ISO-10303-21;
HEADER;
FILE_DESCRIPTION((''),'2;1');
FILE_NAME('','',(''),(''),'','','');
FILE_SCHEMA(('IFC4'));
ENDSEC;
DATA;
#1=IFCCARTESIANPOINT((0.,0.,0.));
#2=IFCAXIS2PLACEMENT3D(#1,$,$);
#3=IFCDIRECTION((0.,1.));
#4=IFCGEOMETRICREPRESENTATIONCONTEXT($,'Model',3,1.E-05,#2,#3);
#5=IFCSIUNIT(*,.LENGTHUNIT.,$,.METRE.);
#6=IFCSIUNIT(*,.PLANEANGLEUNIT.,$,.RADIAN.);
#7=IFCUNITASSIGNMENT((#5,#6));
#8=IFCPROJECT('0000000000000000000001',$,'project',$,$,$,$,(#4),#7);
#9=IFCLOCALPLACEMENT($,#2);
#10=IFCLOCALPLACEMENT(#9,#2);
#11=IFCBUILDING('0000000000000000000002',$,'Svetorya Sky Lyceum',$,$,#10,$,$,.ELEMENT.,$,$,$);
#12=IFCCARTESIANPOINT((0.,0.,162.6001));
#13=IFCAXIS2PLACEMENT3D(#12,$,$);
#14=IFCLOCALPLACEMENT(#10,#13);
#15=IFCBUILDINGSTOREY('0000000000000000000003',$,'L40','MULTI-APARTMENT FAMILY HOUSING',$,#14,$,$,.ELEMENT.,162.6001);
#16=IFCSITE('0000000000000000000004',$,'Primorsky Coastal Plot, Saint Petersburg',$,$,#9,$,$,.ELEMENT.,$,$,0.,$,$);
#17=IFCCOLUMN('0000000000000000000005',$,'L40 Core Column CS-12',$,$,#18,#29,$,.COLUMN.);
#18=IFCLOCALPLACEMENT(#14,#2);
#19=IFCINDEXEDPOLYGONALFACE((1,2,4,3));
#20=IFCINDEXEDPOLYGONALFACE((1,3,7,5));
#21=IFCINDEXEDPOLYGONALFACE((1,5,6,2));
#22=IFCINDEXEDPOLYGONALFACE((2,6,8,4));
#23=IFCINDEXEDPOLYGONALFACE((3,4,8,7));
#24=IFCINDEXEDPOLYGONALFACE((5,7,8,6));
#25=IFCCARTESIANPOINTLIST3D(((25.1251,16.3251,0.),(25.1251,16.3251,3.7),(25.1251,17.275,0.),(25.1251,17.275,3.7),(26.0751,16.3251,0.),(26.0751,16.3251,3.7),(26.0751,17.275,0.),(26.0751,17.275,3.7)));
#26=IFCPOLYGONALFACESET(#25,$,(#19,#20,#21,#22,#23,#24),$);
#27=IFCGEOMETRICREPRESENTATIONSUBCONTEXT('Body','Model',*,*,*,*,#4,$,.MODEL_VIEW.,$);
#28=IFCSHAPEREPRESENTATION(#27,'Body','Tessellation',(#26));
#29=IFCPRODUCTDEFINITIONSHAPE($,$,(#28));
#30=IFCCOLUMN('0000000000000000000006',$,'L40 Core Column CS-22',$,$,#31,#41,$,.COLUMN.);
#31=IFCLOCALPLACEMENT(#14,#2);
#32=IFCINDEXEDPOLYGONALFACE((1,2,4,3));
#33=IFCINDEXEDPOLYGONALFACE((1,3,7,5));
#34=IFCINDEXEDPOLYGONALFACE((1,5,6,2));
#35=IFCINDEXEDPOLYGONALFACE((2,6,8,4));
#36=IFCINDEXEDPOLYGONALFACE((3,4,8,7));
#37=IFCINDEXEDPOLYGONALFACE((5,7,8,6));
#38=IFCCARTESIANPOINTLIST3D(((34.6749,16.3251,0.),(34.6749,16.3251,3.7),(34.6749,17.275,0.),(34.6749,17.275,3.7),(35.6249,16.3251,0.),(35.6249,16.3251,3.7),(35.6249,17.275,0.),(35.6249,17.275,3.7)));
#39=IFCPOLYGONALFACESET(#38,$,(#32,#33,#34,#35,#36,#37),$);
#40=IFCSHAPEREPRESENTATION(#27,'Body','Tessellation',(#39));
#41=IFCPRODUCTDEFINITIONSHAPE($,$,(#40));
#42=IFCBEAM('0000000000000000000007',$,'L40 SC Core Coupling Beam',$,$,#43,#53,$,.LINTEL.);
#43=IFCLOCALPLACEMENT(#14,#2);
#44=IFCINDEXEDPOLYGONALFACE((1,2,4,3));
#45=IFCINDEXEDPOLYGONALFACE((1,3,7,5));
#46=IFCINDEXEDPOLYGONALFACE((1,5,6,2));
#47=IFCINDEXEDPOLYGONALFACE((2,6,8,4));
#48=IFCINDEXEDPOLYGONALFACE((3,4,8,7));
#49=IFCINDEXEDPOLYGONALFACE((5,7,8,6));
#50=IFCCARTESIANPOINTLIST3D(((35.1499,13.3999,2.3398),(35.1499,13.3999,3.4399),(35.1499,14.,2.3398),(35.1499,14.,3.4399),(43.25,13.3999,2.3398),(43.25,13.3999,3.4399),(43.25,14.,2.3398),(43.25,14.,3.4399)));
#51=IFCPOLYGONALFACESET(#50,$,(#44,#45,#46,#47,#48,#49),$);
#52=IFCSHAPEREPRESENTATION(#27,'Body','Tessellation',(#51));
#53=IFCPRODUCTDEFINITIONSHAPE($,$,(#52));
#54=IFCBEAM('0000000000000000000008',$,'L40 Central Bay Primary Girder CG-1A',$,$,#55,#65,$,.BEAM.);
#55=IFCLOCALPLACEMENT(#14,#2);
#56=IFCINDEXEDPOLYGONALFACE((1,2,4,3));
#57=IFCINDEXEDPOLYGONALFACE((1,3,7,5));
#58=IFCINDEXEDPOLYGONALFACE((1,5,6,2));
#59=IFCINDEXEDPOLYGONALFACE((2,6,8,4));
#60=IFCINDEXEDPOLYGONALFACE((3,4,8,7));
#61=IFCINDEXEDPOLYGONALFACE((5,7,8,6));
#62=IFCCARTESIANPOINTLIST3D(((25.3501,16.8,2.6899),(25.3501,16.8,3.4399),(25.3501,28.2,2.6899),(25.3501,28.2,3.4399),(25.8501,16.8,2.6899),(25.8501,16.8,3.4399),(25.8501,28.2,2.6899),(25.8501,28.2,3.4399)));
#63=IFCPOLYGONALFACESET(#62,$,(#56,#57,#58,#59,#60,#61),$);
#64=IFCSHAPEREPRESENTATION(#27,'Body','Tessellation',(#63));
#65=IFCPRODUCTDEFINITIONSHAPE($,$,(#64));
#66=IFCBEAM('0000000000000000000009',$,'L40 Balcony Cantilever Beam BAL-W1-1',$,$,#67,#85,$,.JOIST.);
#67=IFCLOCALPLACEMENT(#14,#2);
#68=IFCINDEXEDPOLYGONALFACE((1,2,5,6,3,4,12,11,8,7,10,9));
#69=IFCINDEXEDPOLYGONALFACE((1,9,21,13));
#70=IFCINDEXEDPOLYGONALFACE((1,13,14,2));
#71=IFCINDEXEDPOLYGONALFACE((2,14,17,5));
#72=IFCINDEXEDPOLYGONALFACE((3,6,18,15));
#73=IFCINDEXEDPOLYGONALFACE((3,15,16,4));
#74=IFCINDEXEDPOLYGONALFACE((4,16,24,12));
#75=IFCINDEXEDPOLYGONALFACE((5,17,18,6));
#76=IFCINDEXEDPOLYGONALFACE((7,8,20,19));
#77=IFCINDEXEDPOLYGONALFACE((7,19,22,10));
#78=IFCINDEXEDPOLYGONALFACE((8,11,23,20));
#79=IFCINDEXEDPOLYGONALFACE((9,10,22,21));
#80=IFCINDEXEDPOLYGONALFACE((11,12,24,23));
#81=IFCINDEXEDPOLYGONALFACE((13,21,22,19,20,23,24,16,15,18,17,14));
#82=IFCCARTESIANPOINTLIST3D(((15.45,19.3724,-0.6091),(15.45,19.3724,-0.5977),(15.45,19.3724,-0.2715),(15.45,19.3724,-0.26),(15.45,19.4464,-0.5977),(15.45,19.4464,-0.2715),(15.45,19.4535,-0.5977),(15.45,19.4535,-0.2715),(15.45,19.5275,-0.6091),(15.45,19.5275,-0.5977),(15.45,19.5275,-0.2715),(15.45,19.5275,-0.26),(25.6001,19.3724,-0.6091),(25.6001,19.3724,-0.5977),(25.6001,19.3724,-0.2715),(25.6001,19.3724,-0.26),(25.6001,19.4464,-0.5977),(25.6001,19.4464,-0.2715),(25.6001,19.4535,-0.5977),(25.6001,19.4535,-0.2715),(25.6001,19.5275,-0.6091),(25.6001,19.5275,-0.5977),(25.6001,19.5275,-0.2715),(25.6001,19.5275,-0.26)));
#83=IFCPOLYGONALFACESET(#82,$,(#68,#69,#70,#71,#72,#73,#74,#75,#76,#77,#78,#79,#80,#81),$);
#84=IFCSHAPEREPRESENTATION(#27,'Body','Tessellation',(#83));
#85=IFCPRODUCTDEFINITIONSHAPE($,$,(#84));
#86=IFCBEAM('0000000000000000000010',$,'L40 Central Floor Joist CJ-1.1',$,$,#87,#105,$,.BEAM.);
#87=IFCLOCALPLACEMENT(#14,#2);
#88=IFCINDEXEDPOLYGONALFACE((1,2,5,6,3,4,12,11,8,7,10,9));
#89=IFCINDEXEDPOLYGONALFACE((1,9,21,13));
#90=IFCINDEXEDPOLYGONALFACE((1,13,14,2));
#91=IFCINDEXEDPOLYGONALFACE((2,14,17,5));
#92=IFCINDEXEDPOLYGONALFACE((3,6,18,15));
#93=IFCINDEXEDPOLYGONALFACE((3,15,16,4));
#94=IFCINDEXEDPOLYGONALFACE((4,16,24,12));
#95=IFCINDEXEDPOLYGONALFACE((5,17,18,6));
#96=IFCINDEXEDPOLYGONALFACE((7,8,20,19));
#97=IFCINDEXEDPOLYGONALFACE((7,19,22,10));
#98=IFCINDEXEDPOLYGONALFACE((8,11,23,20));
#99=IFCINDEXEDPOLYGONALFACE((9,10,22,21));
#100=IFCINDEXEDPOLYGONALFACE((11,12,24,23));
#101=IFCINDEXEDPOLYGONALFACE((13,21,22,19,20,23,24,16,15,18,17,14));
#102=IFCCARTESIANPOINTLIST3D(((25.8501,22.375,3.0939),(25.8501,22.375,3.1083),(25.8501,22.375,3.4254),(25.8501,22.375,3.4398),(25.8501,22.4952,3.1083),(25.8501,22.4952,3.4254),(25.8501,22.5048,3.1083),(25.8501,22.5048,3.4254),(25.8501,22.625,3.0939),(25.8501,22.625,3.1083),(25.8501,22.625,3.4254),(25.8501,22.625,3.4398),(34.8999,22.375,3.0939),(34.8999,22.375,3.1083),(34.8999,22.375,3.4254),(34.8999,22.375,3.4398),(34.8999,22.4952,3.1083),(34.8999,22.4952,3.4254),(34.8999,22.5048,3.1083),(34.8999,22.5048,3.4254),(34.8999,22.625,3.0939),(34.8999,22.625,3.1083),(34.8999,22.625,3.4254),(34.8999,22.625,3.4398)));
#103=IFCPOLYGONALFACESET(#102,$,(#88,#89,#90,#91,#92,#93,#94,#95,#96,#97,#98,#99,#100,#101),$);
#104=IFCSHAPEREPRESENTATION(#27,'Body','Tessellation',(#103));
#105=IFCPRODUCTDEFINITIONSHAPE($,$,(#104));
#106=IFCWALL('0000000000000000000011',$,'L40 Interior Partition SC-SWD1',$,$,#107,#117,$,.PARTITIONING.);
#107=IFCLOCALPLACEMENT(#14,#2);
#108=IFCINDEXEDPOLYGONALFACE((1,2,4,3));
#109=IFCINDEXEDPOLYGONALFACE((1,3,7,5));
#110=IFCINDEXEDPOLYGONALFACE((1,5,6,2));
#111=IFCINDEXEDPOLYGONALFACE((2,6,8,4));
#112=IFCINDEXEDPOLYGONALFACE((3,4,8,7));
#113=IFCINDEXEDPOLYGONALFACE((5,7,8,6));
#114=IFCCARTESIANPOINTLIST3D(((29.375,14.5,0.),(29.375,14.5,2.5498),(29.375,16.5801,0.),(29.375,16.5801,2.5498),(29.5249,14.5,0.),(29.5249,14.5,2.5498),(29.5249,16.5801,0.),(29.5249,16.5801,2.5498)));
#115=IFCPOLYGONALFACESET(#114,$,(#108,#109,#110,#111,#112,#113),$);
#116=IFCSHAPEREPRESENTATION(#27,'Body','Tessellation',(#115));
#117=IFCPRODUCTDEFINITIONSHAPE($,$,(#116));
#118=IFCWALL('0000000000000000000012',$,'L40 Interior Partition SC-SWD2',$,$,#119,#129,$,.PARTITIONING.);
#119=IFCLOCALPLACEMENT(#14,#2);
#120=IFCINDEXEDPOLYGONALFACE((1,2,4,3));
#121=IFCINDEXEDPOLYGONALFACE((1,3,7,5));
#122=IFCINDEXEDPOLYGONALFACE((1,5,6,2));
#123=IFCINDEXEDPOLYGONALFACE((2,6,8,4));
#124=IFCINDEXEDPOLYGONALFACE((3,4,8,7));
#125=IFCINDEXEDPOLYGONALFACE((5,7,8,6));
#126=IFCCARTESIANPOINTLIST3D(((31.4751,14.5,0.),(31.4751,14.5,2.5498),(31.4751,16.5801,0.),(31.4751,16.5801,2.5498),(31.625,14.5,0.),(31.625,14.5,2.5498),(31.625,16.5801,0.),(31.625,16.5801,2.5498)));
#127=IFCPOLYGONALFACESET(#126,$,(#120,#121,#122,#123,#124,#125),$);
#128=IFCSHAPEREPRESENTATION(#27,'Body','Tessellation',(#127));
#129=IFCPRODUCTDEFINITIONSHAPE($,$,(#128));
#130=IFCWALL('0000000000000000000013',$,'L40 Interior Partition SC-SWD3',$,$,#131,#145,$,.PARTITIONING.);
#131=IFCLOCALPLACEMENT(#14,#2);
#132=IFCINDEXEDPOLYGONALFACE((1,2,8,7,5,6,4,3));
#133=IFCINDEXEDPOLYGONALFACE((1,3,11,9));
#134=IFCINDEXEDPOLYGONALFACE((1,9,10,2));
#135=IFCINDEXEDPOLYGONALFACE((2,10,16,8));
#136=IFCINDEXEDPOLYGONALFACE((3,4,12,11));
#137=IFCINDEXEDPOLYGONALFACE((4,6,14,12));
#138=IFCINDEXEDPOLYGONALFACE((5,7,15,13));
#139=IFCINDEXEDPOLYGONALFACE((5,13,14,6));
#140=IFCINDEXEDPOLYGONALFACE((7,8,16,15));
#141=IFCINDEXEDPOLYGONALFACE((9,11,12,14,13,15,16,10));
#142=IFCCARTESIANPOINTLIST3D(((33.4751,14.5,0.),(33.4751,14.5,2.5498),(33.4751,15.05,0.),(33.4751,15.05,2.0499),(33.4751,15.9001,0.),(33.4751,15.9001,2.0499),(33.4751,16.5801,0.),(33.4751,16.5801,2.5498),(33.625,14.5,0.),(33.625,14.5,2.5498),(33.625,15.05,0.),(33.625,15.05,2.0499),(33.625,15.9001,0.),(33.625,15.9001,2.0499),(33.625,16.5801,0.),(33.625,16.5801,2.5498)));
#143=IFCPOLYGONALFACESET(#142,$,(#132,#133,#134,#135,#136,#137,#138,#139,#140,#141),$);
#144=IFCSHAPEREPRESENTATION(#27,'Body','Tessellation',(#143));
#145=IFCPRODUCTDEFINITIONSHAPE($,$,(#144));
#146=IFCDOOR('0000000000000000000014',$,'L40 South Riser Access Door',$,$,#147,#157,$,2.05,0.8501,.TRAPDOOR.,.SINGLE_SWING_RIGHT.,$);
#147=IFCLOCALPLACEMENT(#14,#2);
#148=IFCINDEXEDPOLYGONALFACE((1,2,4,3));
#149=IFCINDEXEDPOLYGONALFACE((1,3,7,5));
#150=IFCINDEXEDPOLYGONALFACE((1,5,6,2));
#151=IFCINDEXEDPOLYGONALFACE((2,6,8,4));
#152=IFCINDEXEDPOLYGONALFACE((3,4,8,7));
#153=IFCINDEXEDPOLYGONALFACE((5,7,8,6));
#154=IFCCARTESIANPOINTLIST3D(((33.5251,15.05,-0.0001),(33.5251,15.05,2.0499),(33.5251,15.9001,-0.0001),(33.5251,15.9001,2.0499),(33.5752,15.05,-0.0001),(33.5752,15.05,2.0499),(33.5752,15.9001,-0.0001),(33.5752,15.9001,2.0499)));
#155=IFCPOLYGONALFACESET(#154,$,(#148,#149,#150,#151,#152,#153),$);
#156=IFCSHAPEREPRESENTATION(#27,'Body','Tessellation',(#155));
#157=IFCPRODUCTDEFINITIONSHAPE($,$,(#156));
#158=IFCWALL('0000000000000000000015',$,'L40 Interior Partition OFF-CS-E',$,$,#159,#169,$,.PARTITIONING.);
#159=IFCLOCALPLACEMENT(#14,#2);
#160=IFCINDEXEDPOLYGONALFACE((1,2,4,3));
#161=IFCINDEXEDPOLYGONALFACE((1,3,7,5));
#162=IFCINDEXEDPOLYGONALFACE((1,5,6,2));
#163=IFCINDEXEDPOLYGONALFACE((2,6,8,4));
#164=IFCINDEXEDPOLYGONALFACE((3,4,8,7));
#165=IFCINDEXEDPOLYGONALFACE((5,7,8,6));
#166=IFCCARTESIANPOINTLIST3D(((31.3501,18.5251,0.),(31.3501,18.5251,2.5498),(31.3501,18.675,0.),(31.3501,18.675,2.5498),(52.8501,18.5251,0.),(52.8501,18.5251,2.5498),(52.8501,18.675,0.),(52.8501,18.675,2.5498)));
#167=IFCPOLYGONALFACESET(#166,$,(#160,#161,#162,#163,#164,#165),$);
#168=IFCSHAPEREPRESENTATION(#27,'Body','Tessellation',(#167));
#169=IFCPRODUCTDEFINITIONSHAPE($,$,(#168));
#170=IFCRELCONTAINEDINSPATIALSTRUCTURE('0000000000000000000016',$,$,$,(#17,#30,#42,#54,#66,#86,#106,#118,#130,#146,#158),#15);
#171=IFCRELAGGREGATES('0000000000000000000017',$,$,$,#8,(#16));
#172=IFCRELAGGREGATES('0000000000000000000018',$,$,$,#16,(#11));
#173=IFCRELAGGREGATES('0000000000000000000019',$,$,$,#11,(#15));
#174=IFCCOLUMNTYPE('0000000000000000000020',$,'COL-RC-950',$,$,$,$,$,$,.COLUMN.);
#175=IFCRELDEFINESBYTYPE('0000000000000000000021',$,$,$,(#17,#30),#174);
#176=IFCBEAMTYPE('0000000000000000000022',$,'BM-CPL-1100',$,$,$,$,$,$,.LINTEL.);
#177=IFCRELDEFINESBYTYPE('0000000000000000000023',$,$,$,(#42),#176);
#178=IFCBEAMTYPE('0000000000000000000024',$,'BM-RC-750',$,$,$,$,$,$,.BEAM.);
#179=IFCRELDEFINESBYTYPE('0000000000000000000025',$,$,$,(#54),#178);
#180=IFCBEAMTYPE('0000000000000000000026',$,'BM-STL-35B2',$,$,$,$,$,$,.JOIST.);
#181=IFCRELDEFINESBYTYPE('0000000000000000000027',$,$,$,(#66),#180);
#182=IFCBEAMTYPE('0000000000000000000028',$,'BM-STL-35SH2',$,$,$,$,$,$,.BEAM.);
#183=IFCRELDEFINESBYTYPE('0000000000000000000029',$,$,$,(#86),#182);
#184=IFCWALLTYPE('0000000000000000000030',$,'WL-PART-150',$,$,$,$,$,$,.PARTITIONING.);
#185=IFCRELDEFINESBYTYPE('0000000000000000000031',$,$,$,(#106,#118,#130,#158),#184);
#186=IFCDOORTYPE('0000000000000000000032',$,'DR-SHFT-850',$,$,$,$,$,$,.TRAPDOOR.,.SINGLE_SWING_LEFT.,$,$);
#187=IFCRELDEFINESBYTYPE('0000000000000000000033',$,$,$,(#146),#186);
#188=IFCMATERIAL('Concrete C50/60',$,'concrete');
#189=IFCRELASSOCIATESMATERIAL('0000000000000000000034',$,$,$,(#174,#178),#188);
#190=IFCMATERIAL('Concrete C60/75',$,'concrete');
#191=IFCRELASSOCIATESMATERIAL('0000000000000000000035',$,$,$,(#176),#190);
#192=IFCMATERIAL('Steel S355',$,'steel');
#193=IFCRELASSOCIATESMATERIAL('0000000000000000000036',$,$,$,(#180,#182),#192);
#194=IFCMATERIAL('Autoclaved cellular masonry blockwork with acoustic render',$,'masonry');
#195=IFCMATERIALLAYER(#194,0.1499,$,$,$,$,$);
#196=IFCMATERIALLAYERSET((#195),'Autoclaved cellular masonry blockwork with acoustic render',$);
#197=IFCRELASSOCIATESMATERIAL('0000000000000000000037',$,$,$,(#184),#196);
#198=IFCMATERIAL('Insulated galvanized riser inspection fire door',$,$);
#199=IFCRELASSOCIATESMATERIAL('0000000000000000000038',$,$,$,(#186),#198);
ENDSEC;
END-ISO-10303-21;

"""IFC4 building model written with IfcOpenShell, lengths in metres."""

from ifc_helpers import new_model, si_unit, direction, frame, frame_2d, origin, origin_2d, place, context, subcontext, project, spatial, rectangle, i_section, extrude, material, layer, layer_set, material_profile, profile_set, type_object, element, fill, save


model = new_model("IFC4")

# Units and contexts
model_context = context("Model", 3, precision=1e-05, world=origin(), true_north=direction((0.0, 1.0)))
body_context = subcontext(model_context, "Body", "Model", "MODEL_VIEW")
ifc_project = project(units=[si_unit("LENGTHUNIT", "METRE"), si_unit("PLANEANGLEUNIT", "RADIAN")], contexts=[model_context])

# Site, building, storey
site_placement = place(None, origin())
site = spatial("IfcSite", under=ifc_project, at=site_placement, Name="Primorsky Coastal Plot, Saint Petersburg", CompositionType="ELEMENT", RefElevation=0.0)
building_placement = place(site_placement, origin())
building = spatial("IfcBuilding", under=site, at=building_placement, Name="Svetorya Sky Lyceum", CompositionType="ELEMENT")
storey_placement = place(building_placement, frame((0.0, 0.0, 162.6001)))
storey = spatial("IfcBuildingStorey", under=building, at=storey_placement, Name="L40", Description="MULTI-APARTMENT FAMILY HOUSING", CompositionType="ELEMENT", Elevation=162.6001)

# Columns
ifc_material_1 = material(Name="Concrete C50/60", Category="concrete")
ifc_material_profile_1 = material_profile(ifc_material_1, rectangle(XDim=0.95, YDim=0.95, at=origin_2d()), Name="RC COL 950x950")
ifc_profile_set_1 = profile_set([ifc_material_profile_1], Name="Concrete C50/60")
column_type = type_object("IfcColumnType", Name="COL-RC-950", PredefinedType="COLUMN", material=ifc_profile_set_1)
for number, where, z_axis, x_axis, name in (
    (1, (25.6001, 16.8, 0.0), (0.0, 0.0, 1.0), (1.0, 0.0, 0.0), "L40 Core Column CS-12"),
    (2, (35.1499, 16.8, 0.0), (0.0, 0.0, 1.0), (1.0, 0.0, 0.0), "L40 Core Column CS-22"),
):
    element("IfcColumn", number, at=place(storey_placement, frame(where, z_axis=z_axis, x_axis=x_axis)), inside=storey, type_object=column_type, Name=name, PredefinedType="COLUMN", context=body_context, shape_type="SweptSolid", body=[
        extrude(rectangle(XDim=0.95, YDim=0.95, at=origin_2d()), origin(), (0.0, 0.0, 1.0), 3.7),
    ])

# Beams
ifc_material_2 = material(Name="Concrete C60/75", Category="concrete")
ifc_material_profile_2 = material_profile(ifc_material_2, rectangle(XDim=0.6001, YDim=1.1001, at=origin_2d()), Name="RC COUPLING 600x1100")
ifc_profile_set_2 = profile_set([ifc_material_profile_2], Name="Concrete C60/75")
beam_type_1 = type_object("IfcBeamType", Name="BM-CPL-1100", PredefinedType="LINTEL", material=ifc_profile_set_2)
beam_1_placement = place(storey_placement, frame((35.1499, 13.7, 2.8899), z_axis=(1.0, 0.0, 0.0), x_axis=(0.0, 1.0, 0.0)))
element("IfcBeam", 3, at=beam_1_placement, inside=storey, type_object=beam_type_1, Name="L40 SC Core Coupling Beam", PredefinedType="LINTEL", context=body_context, shape_type="SweptSolid", body=[
    extrude(rectangle(XDim=0.6001, YDim=1.1001, at=origin_2d()), origin(), (0.0, 0.0, 1.0), 8.1001),
])
ifc_material_profile_3 = material_profile(ifc_material_1, rectangle(XDim=0.5, YDim=0.75, at=origin_2d()), Name="RC BEAM 500x750")
ifc_profile_set_3 = profile_set([ifc_material_profile_3], Name="Concrete C50/60")
beam_type_2 = type_object("IfcBeamType", Name="BM-RC-750", PredefinedType="BEAM", material=ifc_profile_set_3)
beam_2_placement = place(storey_placement, frame((25.6001, 16.8, 3.0649), z_axis=(0.0, 1.0, 0.0), x_axis=(-1.0, 0.0, 0.0)))
element("IfcBeam", 4, at=beam_2_placement, inside=storey, type_object=beam_type_2, Name="L40 Central Bay Primary Girder CG-1A", PredefinedType="BEAM", context=body_context, shape_type="SweptSolid", body=[
    extrude(rectangle(XDim=0.5, YDim=0.75, at=origin_2d()), origin(), (0.0, 0.0, 1.0), 11.3999),
])
ifc_material_3 = material(Name="Steel S355", Category="steel")
ifc_material_profile_4 = material_profile(ifc_material_3, i_section(OverallWidth=0.155, OverallDepth=0.3491, WebThickness=0.0071, FlangeThickness=0.0115, at=origin_2d()), Name="GOST 35B2")
ifc_profile_set_4 = profile_set([ifc_material_profile_4], Name="Steel S355")
beam_type_3 = type_object("IfcBeamType", Name="BM-STL-35B2", PredefinedType="JOIST", material=ifc_profile_set_4)
beam_3_placement = place(storey_placement, frame((25.6001, 19.45, -0.4346), z_axis=(-1.0, 0.0, 0.0), x_axis=(0.0, -1.0, 0.0)))
element("IfcBeam", 5, at=beam_3_placement, inside=storey, type_object=beam_type_3, Name="L40 Balcony Cantilever Beam BAL-W1-1", PredefinedType="JOIST", context=body_context, shape_type="SweptSolid", body=[
    extrude(i_section(OverallWidth=0.155, OverallDepth=0.3491, WebThickness=0.0071, FlangeThickness=0.0115, at=origin_2d()), origin(), (0.0, 0.0, 1.0), 10.1501),
])
ifc_material_profile_5 = material_profile(ifc_material_3, i_section(OverallWidth=0.25, OverallDepth=0.3459, WebThickness=0.0095, FlangeThickness=0.0144, at=origin_2d()), Name="GOST 35Sh2")
ifc_profile_set_5 = profile_set([ifc_material_profile_5], Name="Steel S355")
beam_type_4 = type_object("IfcBeamType", Name="BM-STL-35SH2", PredefinedType="BEAM", material=ifc_profile_set_5)
beam_4_placement = place(storey_placement, frame((25.8501, 22.5, 3.2668), z_axis=(1.0, 0.0, 0.0), x_axis=(0.0, 1.0, 0.0)))
element("IfcBeam", 6, at=beam_4_placement, inside=storey, type_object=beam_type_4, Name="L40 Central Floor Joist CJ-1.1", PredefinedType="BEAM", context=body_context, shape_type="SweptSolid", body=[
    extrude(i_section(OverallWidth=0.25, OverallDepth=0.3459, WebThickness=0.0095, FlangeThickness=0.0144, at=origin_2d()), origin(), (0.0, 0.0, 1.0), 9.0498),
])

# Walls
ifc_material_4 = material(Name="Autoclaved cellular masonry blockwork with acoustic render", Category="masonry")
ifc_layer_1 = layer(ifc_material_4, 0.1499)
ifc_layer_set_1 = layer_set([ifc_layer_1], Name="Autoclaved cellular masonry blockwork with acoustic render")
wall_type_1 = type_object("IfcWallType", Name="WL-PART-150", PredefinedType="PARTITIONING", material=ifc_layer_set_1)
for number, where, z_axis, x_axis, name in (
    (7, (29.45, 14.5, 0.0), (0.0, 0.0, 1.0), (0.0, 1.0, 0.0), "L40 Interior Partition SC-SWD1"),
    (8, (31.55, 14.5, 0.0), (0.0, 0.0, 1.0), (0.0, 1.0, 0.0), "L40 Interior Partition SC-SWD2"),
):
    element("IfcWall", number, at=place(storey_placement, frame(where, z_axis=z_axis, x_axis=x_axis)), inside=storey, type_object=wall_type_1, Name=name, PredefinedType="PARTITIONING", context=body_context, shape_type="SweptSolid", body=[
        extrude(rectangle(XDim=2.0801, YDim=0.1499, at=frame_2d((1.04, 0.0))), origin(), (0.0, 0.0, 1.0), 2.5498),
    ])

# Wall, opening, door
wall_1_placement = place(storey_placement, frame((33.55, 14.5, 0.0), z_axis=(0.0, 0.0, 1.0), x_axis=(0.0, 1.0, 0.0)))
wall_1 = element("IfcWall", 9, at=wall_1_placement, inside=storey, type_object=wall_type_1, Name="L40 Interior Partition SC-SWD3", PredefinedType="PARTITIONING", context=body_context, shape_type="SweptSolid", body=[
    extrude(rectangle(XDim=2.0801, YDim=0.1499, at=frame_2d((1.04, 0.0))), origin(), (0.0, 0.0, 1.0), 2.5498),
])
opening_1_placement = place(wall_1_placement, frame((0.55, 0.0, 0.0)))
opening_1 = element("IfcOpeningElement", 10, at=opening_1_placement, cuts=wall_1, PredefinedType="OPENING", context=body_context, shape_type="SweptSolid", body=[
    extrude(rectangle(XDim=0.8501, YDim=2.05, at=frame_2d((0.425, 1.0249))), frame((0.0, 0.085, 0.0), z_axis=(0.0, -1.0, 0.0), x_axis=(1.0, 0.0, 0.0)), (0.0, 0.0, 1.0), 0.1699),
])
ifc_material_5 = material(Name="Insulated galvanized riser inspection fire door")
door_type_1 = type_object("IfcDoorType", Name="DR-SHFT-850", OperationType="SINGLE_SWING_LEFT", PredefinedType="TRAPDOOR", material=ifc_material_5)
door_1_placement = place(opening_1_placement, origin())
door_1 = element("IfcDoor", 11, at=door_1_placement, inside=storey, type_object=door_type_1, Name="L40 South Riser Access Door", OperationType="SINGLE_SWING_RIGHT", OverallHeight=2.05, OverallWidth=0.8501, PredefinedType="TRAPDOOR", context=body_context, shape_type="SweptSolid", body=[
    extrude(rectangle(XDim=0.8501, YDim=2.05, at=frame_2d((0.425, 1.0249))), frame((0.0, 0.0249, 0.0), z_axis=(0.0, -1.0, 0.0), x_axis=(1.0, 0.0, 0.0)), (0.0, 0.0, 1.0), 0.05),
])
fill(opening_1, door_1)

# Wall
wall_2_placement = place(storey_placement, frame((31.3501, 18.6001, 0.0), z_axis=(0.0, 0.0, 1.0), x_axis=(1.0, 0.0, 0.0)))
element("IfcWall", 12, at=wall_2_placement, inside=storey, type_object=wall_type_1, Name="L40 Interior Partition OFF-CS-E", PredefinedType="PARTITIONING", context=body_context, shape_type="SweptSolid", body=[
    extrude(rectangle(XDim=21.5, YDim=0.1499, at=frame_2d((10.75, 0.0))), origin(), (0.0, 0.0, 1.0), 2.5498),
])

save(model, "model.ifc")
